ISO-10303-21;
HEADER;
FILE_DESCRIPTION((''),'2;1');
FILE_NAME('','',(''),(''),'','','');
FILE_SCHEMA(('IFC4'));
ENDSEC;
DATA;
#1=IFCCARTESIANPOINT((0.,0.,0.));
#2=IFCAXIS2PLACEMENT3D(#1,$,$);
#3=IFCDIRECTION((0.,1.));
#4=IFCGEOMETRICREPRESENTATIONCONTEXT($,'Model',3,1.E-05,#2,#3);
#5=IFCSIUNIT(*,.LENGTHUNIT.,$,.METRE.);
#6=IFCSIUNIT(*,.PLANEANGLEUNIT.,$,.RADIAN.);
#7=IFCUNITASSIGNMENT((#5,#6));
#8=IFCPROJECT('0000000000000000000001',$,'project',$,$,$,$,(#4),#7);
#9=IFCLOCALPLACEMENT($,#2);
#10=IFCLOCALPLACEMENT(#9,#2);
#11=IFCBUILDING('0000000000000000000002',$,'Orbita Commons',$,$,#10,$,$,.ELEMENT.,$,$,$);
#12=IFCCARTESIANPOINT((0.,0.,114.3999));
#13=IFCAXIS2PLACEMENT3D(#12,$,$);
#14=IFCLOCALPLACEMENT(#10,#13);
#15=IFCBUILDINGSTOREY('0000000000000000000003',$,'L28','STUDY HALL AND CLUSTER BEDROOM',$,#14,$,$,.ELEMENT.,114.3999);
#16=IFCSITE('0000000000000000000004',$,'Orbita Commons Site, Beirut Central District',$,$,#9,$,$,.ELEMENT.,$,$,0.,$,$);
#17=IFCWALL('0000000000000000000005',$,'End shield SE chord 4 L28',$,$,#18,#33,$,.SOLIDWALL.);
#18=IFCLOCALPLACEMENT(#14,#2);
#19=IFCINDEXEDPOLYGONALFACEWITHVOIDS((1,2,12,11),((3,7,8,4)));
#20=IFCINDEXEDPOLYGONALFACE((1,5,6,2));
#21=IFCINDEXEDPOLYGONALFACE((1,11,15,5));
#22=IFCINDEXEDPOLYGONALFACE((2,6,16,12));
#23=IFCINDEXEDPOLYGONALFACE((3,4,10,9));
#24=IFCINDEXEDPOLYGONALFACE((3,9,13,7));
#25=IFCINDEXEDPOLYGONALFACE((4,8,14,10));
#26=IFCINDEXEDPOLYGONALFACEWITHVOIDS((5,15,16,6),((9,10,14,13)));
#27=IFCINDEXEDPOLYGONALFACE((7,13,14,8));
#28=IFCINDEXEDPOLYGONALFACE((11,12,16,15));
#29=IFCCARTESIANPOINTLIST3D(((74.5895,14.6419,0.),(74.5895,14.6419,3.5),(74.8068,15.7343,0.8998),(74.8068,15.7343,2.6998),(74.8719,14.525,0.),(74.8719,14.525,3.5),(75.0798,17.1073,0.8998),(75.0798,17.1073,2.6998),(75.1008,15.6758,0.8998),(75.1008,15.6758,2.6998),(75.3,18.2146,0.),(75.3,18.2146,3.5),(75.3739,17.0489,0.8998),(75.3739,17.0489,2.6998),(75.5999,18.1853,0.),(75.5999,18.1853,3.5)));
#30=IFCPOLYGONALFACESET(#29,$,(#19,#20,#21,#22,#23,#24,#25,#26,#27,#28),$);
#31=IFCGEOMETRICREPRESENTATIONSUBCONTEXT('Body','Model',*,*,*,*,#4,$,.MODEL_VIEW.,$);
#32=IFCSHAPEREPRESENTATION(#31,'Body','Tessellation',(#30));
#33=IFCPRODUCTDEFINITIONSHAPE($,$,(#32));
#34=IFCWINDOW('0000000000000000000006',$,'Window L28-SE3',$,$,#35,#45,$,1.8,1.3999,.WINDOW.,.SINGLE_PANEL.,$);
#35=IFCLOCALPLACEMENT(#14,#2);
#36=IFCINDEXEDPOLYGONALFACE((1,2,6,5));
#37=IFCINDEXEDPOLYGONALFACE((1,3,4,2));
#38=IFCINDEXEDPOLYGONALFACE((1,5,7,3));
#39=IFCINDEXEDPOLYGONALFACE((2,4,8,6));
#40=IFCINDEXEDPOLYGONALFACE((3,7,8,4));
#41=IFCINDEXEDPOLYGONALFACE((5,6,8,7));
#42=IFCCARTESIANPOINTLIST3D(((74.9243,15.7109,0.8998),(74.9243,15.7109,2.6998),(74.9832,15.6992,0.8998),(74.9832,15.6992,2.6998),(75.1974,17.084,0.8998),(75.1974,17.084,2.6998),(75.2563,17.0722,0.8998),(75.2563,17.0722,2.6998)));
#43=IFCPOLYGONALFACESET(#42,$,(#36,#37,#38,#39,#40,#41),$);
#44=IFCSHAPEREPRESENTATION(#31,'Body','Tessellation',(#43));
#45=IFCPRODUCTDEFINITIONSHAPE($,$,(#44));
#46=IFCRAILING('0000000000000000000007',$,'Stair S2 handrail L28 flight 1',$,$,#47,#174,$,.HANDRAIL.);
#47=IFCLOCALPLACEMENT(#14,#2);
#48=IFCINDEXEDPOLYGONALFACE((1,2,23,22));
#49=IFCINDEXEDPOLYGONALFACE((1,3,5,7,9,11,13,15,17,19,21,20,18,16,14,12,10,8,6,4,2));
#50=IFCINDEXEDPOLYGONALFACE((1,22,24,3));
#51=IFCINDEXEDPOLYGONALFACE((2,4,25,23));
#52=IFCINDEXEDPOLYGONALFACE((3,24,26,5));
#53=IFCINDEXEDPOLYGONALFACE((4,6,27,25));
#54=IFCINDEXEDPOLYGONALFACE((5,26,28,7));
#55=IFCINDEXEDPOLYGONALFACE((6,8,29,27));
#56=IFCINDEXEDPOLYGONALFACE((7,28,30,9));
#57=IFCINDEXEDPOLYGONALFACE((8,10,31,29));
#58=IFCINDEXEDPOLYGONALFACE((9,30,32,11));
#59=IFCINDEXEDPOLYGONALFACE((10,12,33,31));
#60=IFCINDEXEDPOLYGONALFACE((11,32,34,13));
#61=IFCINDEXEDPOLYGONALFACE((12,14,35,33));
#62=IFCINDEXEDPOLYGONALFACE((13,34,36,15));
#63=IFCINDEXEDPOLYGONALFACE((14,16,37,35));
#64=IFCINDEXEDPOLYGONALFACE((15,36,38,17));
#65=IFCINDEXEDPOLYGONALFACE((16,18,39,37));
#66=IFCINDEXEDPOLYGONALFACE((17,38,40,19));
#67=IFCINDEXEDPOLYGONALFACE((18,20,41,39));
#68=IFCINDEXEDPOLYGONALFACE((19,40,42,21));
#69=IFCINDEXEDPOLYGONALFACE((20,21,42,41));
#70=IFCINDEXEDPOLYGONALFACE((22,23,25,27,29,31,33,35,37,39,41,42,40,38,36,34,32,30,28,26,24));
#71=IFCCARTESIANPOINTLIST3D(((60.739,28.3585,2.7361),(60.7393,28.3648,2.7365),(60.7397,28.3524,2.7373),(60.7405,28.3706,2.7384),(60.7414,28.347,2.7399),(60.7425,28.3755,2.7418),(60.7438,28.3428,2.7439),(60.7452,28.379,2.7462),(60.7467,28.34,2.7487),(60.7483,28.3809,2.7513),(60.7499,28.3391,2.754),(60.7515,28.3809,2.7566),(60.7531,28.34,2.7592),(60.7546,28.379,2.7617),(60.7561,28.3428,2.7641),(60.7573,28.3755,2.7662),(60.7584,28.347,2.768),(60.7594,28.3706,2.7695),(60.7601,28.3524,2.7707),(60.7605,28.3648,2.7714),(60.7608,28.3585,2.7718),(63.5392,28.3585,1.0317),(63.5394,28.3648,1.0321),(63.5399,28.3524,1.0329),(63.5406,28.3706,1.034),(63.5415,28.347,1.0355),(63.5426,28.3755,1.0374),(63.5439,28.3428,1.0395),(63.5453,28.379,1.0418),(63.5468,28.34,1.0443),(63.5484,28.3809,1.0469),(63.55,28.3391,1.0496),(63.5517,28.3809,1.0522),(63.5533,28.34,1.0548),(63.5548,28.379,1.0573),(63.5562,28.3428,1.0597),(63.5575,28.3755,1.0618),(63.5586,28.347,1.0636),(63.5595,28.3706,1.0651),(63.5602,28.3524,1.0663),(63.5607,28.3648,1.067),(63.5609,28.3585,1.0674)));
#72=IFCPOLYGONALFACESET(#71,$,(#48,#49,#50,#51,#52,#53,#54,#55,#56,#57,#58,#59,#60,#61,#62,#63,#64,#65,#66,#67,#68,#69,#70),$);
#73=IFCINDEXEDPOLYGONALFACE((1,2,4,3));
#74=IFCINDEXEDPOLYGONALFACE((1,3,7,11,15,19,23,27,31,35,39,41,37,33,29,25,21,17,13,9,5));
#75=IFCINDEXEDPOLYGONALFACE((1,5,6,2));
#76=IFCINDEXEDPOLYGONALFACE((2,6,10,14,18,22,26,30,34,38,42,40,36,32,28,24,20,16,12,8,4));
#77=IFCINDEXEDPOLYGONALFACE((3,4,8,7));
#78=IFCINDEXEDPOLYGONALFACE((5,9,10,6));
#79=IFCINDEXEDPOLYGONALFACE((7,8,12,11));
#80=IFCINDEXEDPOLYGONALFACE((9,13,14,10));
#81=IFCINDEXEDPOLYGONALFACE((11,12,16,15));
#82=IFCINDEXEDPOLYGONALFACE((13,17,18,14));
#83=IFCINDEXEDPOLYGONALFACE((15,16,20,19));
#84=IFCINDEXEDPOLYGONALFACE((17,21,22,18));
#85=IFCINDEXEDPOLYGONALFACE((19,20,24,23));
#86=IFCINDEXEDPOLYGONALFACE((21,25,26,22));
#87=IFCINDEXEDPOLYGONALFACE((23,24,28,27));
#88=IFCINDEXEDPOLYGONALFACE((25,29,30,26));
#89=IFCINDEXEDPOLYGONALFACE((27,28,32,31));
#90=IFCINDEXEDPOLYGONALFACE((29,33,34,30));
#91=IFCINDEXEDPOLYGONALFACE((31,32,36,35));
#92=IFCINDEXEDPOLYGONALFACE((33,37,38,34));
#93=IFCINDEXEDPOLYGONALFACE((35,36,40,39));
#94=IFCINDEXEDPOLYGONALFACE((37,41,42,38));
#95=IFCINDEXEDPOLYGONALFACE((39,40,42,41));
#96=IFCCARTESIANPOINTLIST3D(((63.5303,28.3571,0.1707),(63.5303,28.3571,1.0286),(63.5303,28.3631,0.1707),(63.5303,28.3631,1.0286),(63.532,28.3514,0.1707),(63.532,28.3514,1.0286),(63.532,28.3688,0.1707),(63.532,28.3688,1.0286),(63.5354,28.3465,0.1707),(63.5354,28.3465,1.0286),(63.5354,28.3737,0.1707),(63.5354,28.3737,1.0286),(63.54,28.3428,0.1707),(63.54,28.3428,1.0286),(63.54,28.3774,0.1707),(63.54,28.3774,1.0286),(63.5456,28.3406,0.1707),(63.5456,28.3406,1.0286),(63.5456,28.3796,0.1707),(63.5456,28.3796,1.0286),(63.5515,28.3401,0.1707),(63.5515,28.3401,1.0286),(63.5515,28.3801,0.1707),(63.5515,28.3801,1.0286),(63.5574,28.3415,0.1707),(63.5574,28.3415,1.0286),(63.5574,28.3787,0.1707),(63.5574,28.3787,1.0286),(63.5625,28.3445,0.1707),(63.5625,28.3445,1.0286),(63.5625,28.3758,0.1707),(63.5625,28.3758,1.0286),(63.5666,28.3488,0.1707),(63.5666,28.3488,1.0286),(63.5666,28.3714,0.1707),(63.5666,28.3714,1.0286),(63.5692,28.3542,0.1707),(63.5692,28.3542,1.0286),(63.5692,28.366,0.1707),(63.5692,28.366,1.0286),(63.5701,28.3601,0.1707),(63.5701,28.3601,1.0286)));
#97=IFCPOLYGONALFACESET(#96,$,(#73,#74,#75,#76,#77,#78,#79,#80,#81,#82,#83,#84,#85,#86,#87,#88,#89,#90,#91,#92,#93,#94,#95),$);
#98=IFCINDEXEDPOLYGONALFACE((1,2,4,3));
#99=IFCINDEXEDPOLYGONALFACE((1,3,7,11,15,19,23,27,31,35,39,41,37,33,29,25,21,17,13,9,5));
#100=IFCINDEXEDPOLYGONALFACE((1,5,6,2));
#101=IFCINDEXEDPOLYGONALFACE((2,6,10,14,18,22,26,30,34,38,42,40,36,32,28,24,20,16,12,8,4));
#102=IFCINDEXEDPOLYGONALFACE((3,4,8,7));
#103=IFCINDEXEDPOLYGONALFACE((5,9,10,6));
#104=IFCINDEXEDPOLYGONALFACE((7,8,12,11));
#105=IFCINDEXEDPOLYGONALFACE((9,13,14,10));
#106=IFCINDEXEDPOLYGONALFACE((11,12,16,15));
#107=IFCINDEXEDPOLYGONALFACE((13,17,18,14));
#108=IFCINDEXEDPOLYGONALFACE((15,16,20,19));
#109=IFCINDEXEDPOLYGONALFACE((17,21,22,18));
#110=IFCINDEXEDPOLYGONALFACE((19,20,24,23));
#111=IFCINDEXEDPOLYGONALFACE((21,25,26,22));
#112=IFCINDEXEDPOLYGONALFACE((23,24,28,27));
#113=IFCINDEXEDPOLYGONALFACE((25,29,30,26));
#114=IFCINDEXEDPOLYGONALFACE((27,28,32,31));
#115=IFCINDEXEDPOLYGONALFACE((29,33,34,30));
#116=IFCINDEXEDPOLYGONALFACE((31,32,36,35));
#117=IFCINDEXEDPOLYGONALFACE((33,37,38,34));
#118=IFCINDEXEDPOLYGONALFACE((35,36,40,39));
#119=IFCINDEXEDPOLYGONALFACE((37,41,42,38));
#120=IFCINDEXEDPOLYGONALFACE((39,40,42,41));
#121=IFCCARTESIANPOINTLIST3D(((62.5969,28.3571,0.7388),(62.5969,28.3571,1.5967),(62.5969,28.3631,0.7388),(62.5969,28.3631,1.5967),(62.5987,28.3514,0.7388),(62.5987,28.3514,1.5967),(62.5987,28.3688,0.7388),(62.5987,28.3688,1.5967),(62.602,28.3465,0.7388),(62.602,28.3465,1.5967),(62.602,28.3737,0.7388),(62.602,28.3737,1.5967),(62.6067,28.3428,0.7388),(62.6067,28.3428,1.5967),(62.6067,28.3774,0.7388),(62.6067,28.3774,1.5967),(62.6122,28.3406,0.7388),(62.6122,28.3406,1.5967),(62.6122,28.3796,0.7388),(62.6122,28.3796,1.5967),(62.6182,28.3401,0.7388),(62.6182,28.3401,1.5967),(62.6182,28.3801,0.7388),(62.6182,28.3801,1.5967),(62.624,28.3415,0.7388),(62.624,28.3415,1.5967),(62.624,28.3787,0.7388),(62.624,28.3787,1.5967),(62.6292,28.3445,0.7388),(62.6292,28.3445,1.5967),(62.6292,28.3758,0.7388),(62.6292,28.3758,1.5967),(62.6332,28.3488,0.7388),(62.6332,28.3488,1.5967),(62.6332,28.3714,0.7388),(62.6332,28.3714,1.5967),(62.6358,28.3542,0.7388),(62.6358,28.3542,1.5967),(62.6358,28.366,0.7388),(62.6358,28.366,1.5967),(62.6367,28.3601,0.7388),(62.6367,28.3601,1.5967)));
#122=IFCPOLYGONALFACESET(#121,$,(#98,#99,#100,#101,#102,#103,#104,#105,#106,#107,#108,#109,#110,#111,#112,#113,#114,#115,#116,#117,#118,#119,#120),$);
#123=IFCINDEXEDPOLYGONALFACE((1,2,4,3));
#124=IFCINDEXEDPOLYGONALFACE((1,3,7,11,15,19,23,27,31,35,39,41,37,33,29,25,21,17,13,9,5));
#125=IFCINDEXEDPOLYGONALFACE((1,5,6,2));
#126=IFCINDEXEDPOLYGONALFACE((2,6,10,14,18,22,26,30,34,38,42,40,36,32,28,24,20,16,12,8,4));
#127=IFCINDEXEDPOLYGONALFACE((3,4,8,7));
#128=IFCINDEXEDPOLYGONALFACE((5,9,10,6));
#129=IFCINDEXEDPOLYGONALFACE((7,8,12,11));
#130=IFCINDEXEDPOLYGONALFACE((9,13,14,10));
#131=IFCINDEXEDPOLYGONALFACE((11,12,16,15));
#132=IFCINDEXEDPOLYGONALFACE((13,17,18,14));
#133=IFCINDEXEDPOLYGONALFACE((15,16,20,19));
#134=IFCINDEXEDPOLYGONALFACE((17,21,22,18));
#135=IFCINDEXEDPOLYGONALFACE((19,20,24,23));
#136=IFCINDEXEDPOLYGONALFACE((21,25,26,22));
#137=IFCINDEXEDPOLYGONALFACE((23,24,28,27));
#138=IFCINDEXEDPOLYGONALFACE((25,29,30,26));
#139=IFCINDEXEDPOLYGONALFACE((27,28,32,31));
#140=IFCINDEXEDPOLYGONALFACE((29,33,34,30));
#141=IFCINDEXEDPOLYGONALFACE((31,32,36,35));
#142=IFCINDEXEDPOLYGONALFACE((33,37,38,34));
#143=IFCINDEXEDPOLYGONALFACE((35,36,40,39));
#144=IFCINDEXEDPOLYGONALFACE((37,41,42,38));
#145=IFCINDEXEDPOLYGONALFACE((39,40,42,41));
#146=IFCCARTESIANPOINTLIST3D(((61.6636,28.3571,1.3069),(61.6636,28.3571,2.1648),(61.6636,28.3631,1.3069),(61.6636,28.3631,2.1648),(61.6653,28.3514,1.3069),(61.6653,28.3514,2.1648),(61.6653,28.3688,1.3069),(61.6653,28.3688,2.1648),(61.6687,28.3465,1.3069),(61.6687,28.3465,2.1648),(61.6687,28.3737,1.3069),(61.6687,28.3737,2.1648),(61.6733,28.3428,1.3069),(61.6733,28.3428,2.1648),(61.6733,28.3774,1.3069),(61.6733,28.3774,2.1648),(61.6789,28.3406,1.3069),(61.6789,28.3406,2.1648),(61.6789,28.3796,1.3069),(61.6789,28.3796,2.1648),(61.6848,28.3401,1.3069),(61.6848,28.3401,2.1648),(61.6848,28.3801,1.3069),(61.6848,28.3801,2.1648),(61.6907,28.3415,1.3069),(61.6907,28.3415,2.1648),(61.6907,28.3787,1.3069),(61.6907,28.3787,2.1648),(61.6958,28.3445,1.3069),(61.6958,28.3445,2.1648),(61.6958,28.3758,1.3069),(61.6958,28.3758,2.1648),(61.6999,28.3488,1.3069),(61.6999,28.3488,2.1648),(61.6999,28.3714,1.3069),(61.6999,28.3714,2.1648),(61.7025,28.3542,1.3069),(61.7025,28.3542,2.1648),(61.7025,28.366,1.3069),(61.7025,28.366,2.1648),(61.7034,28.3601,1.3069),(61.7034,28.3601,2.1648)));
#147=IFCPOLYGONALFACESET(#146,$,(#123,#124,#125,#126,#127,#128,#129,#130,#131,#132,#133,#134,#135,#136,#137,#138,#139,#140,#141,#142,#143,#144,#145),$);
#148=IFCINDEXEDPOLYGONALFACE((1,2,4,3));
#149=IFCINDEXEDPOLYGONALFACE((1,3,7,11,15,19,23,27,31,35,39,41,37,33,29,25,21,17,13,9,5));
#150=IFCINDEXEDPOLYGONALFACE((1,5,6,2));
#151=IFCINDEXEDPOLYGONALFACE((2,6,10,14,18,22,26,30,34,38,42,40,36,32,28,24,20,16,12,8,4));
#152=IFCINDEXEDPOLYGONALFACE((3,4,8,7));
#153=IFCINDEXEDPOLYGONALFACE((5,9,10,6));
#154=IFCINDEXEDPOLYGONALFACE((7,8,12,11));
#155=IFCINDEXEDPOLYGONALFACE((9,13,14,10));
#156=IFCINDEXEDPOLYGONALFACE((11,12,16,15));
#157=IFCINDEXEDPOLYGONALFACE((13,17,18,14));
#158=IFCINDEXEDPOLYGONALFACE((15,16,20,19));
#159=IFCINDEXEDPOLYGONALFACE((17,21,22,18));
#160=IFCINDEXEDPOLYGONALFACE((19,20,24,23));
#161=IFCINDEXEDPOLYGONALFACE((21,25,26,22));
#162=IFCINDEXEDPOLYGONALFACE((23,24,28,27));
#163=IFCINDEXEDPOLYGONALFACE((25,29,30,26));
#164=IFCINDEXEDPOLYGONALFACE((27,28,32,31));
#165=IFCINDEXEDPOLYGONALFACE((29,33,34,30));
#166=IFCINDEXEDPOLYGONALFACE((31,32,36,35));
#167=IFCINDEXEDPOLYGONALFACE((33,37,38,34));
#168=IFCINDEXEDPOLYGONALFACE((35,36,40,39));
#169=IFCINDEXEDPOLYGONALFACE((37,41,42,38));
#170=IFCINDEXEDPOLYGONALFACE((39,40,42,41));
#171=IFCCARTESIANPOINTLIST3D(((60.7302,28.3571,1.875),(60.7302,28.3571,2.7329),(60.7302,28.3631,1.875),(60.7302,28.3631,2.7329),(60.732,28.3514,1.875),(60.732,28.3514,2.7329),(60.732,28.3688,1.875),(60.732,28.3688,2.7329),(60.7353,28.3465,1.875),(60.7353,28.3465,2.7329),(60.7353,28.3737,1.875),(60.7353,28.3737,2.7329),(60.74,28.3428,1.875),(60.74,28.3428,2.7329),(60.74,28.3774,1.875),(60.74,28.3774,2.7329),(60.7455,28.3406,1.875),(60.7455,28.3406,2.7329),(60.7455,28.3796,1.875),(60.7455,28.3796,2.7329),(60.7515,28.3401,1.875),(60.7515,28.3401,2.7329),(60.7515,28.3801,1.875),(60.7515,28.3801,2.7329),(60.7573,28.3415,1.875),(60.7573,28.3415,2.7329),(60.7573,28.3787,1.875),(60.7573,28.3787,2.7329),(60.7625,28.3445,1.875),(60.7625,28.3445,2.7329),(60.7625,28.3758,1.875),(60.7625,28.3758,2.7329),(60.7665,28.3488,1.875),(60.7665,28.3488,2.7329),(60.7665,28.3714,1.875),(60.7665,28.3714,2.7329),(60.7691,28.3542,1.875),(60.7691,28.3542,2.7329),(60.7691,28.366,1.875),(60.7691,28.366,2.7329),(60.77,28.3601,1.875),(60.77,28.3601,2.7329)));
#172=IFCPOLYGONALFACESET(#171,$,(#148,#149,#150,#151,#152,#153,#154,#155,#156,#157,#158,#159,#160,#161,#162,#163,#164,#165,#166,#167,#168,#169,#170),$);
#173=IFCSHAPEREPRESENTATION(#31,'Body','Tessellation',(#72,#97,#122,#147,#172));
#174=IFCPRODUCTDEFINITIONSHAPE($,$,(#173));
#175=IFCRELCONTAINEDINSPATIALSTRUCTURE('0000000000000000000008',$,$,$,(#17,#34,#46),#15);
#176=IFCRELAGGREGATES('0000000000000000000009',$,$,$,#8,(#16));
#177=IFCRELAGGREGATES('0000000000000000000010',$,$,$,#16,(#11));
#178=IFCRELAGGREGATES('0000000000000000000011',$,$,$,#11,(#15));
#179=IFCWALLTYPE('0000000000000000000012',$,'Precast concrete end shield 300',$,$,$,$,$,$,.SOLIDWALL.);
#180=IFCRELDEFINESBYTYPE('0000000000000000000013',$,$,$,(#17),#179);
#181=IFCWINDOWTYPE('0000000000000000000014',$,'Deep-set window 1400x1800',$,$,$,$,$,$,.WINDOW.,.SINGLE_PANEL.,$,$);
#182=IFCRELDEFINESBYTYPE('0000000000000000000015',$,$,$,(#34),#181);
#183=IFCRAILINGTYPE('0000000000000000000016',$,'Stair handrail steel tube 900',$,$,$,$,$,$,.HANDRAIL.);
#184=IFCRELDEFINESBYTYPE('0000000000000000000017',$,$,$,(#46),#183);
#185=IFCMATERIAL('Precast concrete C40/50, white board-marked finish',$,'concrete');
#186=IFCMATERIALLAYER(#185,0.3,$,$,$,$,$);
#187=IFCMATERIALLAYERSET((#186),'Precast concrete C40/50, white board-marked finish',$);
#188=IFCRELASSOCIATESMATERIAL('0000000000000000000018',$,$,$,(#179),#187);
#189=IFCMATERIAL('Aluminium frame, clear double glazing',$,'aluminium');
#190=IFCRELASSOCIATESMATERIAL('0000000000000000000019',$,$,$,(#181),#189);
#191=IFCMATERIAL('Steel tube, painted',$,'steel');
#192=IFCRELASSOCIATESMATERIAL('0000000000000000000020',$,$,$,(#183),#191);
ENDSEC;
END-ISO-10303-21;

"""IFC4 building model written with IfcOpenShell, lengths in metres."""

from ifc_helpers import new_model, si_unit, direction, frame, frame_2d, origin, origin_2d, place, context, subcontext, project, spatial, polyline, rectangle, circle, outline, extrude, material, layer, layer_set, type_object, element, fill, save


model = new_model("IFC4")

# Units and contexts
model_context = context("Model", 3, precision=1e-05, world=origin(), true_north=direction((0.0, 1.0)))
body_context = subcontext(model_context, "Body", "Model", "MODEL_VIEW")
ifc_project = project(units=[si_unit("LENGTHUNIT", "METRE"), si_unit("PLANEANGLEUNIT", "RADIAN")], contexts=[model_context])

# Site, building, storey
site_placement = place(None, origin())
site = spatial("IfcSite", under=ifc_project, at=site_placement, Name="Orbita Commons Site, Beirut Central District", CompositionType="ELEMENT", RefElevation=0.0)
building_placement = place(site_placement, origin())
building = spatial("IfcBuilding", under=site, at=building_placement, Name="Orbita Commons", CompositionType="ELEMENT")
storey_placement = place(building_placement, frame((0.0, 0.0, 114.3999)))
storey = spatial("IfcBuildingStorey", under=building, at=storey_placement, Name="L28", Description="STUDY HALL AND CLUSTER BEDROOM", CompositionType="ELEMENT", Elevation=114.3999)

# Shared definitions
ifc_material_1 = material(Name="Precast concrete C40/50, white board-marked finish", Category="concrete")
ifc_layer_1 = layer(ifc_material_1, 0.3)
ifc_layer_set_1 = layer_set([ifc_layer_1], Name="Precast concrete C40/50, white board-marked finish")
wall_type_1 = type_object("IfcWallType", Name="Precast concrete end shield 300", PredefinedType="SOLIDWALL", material=ifc_layer_set_1)

# Wall, opening, window
ifc_material_2 = material(Name="Aluminium frame, clear double glazing", Category="aluminium")
window_type_1 = type_object("IfcWindowType", Name="Deep-set window 1400x1800", PartitioningType="SINGLE_PANEL", PredefinedType="WINDOW", material=ifc_material_2)
wall_1_placement = place(storey_placement, frame((74.7307, 14.5835, 0.0), z_axis=(0.0, 0.0, 1.0), x_axis=(0.195059, 0.980791, 0.0)))
wall_1 = element("IfcWall", 1, at=wall_1_placement, inside=storey, type_object=wall_type_1, Name="End shield SE chord 4 L28", PredefinedType="SOLIDWALL", context=body_context, shape_type="SweptSolid", body=[
    extrude(outline(polyline([(-0.0298, -0.1499), (3.7021, -0.1499), (3.6724, 0.1499), (0.0298, 0.1499), (-0.0298, -0.1499)])), origin(), (0.0, 0.0, 1.0), 3.5),
])
opening_1_placement = place(wall_1_placement, frame((1.1436, 0.0, 0.8999)))
opening_1 = element("IfcOpeningElement", 2, at=opening_1_placement, cuts=wall_1, PredefinedType="OPENING", context=body_context, shape_type="SweptSolid", body=[
    extrude(rectangle(XDim=1.3999, YDim=1.8, at=frame_2d((0.7, 0.8999))), frame((0.0, 0.1599, 0.0), z_axis=(0.0, -1.0, 0.0), x_axis=(1.0, 0.0, 0.0)), (0.0, 0.0, 1.0), 0.3201),
])
window_1_placement = place(opening_1_placement, origin())
window_1 = element("IfcWindow", 3, at=window_1_placement, inside=storey, type_object=window_type_1, Name="Window L28-SE3", OverallHeight=1.8, OverallWidth=1.3999, PartitioningType="SINGLE_PANEL", PredefinedType="WINDOW", context=body_context, shape_type="SweptSolid", body=[
    extrude(rectangle(XDim=1.3999, YDim=1.8, at=frame_2d((0.7, 0.8999))), frame((0.0, 0.03, 0.0), z_axis=(0.0, -1.0, 0.0), x_axis=(1.0, 0.0, 0.0)), (0.0, 0.0, 1.0), 0.0601),
])
fill(opening_1, window_1)

# Railing
ifc_material_3 = material(Name="Steel tube, painted", Category="steel")
railing_type = type_object("IfcRailingType", Name="Stair handrail steel tube 900", PredefinedType="HANDRAIL", material=ifc_material_3)
railing_placement = place(storey_placement, frame((63.55, 28.3601, 0.1707)))
element("IfcRailing", 4, at=railing_placement, inside=storey, type_object=railing_type, Name="Stair S2 handrail L28 flight 1", PredefinedType="HANDRAIL", context=body_context, shape_type="SweptSolid", body=[
    extrude(circle(Radius=0.021, at=origin_2d()), frame((0.0, 0.0, 0.8789), z_axis=(-0.854203, 0.0, 0.51994), x_axis=(0.0, -1.0, 0.0)), (0.0, 0.0, 1.0), 3.2781),
    extrude(circle(Radius=0.02, at=origin_2d()), origin(), (0.0, 0.0, 1.0), 0.8579),
    extrude(circle(Radius=0.02, at=origin_2d()), frame((-0.9333, 0.0, 0.5681)), (0.0, 0.0, 1.0), 0.8579),
    extrude(circle(Radius=0.02, at=origin_2d()), frame((-1.8667, 0.0, 1.1362)), (0.0, 0.0, 1.0), 0.8579),
    extrude(circle(Radius=0.02, at=origin_2d()), frame((-2.8, 0.0, 1.7043)), (0.0, 0.0, 1.0), 0.8579),
])

save(model, "model.ifc")
